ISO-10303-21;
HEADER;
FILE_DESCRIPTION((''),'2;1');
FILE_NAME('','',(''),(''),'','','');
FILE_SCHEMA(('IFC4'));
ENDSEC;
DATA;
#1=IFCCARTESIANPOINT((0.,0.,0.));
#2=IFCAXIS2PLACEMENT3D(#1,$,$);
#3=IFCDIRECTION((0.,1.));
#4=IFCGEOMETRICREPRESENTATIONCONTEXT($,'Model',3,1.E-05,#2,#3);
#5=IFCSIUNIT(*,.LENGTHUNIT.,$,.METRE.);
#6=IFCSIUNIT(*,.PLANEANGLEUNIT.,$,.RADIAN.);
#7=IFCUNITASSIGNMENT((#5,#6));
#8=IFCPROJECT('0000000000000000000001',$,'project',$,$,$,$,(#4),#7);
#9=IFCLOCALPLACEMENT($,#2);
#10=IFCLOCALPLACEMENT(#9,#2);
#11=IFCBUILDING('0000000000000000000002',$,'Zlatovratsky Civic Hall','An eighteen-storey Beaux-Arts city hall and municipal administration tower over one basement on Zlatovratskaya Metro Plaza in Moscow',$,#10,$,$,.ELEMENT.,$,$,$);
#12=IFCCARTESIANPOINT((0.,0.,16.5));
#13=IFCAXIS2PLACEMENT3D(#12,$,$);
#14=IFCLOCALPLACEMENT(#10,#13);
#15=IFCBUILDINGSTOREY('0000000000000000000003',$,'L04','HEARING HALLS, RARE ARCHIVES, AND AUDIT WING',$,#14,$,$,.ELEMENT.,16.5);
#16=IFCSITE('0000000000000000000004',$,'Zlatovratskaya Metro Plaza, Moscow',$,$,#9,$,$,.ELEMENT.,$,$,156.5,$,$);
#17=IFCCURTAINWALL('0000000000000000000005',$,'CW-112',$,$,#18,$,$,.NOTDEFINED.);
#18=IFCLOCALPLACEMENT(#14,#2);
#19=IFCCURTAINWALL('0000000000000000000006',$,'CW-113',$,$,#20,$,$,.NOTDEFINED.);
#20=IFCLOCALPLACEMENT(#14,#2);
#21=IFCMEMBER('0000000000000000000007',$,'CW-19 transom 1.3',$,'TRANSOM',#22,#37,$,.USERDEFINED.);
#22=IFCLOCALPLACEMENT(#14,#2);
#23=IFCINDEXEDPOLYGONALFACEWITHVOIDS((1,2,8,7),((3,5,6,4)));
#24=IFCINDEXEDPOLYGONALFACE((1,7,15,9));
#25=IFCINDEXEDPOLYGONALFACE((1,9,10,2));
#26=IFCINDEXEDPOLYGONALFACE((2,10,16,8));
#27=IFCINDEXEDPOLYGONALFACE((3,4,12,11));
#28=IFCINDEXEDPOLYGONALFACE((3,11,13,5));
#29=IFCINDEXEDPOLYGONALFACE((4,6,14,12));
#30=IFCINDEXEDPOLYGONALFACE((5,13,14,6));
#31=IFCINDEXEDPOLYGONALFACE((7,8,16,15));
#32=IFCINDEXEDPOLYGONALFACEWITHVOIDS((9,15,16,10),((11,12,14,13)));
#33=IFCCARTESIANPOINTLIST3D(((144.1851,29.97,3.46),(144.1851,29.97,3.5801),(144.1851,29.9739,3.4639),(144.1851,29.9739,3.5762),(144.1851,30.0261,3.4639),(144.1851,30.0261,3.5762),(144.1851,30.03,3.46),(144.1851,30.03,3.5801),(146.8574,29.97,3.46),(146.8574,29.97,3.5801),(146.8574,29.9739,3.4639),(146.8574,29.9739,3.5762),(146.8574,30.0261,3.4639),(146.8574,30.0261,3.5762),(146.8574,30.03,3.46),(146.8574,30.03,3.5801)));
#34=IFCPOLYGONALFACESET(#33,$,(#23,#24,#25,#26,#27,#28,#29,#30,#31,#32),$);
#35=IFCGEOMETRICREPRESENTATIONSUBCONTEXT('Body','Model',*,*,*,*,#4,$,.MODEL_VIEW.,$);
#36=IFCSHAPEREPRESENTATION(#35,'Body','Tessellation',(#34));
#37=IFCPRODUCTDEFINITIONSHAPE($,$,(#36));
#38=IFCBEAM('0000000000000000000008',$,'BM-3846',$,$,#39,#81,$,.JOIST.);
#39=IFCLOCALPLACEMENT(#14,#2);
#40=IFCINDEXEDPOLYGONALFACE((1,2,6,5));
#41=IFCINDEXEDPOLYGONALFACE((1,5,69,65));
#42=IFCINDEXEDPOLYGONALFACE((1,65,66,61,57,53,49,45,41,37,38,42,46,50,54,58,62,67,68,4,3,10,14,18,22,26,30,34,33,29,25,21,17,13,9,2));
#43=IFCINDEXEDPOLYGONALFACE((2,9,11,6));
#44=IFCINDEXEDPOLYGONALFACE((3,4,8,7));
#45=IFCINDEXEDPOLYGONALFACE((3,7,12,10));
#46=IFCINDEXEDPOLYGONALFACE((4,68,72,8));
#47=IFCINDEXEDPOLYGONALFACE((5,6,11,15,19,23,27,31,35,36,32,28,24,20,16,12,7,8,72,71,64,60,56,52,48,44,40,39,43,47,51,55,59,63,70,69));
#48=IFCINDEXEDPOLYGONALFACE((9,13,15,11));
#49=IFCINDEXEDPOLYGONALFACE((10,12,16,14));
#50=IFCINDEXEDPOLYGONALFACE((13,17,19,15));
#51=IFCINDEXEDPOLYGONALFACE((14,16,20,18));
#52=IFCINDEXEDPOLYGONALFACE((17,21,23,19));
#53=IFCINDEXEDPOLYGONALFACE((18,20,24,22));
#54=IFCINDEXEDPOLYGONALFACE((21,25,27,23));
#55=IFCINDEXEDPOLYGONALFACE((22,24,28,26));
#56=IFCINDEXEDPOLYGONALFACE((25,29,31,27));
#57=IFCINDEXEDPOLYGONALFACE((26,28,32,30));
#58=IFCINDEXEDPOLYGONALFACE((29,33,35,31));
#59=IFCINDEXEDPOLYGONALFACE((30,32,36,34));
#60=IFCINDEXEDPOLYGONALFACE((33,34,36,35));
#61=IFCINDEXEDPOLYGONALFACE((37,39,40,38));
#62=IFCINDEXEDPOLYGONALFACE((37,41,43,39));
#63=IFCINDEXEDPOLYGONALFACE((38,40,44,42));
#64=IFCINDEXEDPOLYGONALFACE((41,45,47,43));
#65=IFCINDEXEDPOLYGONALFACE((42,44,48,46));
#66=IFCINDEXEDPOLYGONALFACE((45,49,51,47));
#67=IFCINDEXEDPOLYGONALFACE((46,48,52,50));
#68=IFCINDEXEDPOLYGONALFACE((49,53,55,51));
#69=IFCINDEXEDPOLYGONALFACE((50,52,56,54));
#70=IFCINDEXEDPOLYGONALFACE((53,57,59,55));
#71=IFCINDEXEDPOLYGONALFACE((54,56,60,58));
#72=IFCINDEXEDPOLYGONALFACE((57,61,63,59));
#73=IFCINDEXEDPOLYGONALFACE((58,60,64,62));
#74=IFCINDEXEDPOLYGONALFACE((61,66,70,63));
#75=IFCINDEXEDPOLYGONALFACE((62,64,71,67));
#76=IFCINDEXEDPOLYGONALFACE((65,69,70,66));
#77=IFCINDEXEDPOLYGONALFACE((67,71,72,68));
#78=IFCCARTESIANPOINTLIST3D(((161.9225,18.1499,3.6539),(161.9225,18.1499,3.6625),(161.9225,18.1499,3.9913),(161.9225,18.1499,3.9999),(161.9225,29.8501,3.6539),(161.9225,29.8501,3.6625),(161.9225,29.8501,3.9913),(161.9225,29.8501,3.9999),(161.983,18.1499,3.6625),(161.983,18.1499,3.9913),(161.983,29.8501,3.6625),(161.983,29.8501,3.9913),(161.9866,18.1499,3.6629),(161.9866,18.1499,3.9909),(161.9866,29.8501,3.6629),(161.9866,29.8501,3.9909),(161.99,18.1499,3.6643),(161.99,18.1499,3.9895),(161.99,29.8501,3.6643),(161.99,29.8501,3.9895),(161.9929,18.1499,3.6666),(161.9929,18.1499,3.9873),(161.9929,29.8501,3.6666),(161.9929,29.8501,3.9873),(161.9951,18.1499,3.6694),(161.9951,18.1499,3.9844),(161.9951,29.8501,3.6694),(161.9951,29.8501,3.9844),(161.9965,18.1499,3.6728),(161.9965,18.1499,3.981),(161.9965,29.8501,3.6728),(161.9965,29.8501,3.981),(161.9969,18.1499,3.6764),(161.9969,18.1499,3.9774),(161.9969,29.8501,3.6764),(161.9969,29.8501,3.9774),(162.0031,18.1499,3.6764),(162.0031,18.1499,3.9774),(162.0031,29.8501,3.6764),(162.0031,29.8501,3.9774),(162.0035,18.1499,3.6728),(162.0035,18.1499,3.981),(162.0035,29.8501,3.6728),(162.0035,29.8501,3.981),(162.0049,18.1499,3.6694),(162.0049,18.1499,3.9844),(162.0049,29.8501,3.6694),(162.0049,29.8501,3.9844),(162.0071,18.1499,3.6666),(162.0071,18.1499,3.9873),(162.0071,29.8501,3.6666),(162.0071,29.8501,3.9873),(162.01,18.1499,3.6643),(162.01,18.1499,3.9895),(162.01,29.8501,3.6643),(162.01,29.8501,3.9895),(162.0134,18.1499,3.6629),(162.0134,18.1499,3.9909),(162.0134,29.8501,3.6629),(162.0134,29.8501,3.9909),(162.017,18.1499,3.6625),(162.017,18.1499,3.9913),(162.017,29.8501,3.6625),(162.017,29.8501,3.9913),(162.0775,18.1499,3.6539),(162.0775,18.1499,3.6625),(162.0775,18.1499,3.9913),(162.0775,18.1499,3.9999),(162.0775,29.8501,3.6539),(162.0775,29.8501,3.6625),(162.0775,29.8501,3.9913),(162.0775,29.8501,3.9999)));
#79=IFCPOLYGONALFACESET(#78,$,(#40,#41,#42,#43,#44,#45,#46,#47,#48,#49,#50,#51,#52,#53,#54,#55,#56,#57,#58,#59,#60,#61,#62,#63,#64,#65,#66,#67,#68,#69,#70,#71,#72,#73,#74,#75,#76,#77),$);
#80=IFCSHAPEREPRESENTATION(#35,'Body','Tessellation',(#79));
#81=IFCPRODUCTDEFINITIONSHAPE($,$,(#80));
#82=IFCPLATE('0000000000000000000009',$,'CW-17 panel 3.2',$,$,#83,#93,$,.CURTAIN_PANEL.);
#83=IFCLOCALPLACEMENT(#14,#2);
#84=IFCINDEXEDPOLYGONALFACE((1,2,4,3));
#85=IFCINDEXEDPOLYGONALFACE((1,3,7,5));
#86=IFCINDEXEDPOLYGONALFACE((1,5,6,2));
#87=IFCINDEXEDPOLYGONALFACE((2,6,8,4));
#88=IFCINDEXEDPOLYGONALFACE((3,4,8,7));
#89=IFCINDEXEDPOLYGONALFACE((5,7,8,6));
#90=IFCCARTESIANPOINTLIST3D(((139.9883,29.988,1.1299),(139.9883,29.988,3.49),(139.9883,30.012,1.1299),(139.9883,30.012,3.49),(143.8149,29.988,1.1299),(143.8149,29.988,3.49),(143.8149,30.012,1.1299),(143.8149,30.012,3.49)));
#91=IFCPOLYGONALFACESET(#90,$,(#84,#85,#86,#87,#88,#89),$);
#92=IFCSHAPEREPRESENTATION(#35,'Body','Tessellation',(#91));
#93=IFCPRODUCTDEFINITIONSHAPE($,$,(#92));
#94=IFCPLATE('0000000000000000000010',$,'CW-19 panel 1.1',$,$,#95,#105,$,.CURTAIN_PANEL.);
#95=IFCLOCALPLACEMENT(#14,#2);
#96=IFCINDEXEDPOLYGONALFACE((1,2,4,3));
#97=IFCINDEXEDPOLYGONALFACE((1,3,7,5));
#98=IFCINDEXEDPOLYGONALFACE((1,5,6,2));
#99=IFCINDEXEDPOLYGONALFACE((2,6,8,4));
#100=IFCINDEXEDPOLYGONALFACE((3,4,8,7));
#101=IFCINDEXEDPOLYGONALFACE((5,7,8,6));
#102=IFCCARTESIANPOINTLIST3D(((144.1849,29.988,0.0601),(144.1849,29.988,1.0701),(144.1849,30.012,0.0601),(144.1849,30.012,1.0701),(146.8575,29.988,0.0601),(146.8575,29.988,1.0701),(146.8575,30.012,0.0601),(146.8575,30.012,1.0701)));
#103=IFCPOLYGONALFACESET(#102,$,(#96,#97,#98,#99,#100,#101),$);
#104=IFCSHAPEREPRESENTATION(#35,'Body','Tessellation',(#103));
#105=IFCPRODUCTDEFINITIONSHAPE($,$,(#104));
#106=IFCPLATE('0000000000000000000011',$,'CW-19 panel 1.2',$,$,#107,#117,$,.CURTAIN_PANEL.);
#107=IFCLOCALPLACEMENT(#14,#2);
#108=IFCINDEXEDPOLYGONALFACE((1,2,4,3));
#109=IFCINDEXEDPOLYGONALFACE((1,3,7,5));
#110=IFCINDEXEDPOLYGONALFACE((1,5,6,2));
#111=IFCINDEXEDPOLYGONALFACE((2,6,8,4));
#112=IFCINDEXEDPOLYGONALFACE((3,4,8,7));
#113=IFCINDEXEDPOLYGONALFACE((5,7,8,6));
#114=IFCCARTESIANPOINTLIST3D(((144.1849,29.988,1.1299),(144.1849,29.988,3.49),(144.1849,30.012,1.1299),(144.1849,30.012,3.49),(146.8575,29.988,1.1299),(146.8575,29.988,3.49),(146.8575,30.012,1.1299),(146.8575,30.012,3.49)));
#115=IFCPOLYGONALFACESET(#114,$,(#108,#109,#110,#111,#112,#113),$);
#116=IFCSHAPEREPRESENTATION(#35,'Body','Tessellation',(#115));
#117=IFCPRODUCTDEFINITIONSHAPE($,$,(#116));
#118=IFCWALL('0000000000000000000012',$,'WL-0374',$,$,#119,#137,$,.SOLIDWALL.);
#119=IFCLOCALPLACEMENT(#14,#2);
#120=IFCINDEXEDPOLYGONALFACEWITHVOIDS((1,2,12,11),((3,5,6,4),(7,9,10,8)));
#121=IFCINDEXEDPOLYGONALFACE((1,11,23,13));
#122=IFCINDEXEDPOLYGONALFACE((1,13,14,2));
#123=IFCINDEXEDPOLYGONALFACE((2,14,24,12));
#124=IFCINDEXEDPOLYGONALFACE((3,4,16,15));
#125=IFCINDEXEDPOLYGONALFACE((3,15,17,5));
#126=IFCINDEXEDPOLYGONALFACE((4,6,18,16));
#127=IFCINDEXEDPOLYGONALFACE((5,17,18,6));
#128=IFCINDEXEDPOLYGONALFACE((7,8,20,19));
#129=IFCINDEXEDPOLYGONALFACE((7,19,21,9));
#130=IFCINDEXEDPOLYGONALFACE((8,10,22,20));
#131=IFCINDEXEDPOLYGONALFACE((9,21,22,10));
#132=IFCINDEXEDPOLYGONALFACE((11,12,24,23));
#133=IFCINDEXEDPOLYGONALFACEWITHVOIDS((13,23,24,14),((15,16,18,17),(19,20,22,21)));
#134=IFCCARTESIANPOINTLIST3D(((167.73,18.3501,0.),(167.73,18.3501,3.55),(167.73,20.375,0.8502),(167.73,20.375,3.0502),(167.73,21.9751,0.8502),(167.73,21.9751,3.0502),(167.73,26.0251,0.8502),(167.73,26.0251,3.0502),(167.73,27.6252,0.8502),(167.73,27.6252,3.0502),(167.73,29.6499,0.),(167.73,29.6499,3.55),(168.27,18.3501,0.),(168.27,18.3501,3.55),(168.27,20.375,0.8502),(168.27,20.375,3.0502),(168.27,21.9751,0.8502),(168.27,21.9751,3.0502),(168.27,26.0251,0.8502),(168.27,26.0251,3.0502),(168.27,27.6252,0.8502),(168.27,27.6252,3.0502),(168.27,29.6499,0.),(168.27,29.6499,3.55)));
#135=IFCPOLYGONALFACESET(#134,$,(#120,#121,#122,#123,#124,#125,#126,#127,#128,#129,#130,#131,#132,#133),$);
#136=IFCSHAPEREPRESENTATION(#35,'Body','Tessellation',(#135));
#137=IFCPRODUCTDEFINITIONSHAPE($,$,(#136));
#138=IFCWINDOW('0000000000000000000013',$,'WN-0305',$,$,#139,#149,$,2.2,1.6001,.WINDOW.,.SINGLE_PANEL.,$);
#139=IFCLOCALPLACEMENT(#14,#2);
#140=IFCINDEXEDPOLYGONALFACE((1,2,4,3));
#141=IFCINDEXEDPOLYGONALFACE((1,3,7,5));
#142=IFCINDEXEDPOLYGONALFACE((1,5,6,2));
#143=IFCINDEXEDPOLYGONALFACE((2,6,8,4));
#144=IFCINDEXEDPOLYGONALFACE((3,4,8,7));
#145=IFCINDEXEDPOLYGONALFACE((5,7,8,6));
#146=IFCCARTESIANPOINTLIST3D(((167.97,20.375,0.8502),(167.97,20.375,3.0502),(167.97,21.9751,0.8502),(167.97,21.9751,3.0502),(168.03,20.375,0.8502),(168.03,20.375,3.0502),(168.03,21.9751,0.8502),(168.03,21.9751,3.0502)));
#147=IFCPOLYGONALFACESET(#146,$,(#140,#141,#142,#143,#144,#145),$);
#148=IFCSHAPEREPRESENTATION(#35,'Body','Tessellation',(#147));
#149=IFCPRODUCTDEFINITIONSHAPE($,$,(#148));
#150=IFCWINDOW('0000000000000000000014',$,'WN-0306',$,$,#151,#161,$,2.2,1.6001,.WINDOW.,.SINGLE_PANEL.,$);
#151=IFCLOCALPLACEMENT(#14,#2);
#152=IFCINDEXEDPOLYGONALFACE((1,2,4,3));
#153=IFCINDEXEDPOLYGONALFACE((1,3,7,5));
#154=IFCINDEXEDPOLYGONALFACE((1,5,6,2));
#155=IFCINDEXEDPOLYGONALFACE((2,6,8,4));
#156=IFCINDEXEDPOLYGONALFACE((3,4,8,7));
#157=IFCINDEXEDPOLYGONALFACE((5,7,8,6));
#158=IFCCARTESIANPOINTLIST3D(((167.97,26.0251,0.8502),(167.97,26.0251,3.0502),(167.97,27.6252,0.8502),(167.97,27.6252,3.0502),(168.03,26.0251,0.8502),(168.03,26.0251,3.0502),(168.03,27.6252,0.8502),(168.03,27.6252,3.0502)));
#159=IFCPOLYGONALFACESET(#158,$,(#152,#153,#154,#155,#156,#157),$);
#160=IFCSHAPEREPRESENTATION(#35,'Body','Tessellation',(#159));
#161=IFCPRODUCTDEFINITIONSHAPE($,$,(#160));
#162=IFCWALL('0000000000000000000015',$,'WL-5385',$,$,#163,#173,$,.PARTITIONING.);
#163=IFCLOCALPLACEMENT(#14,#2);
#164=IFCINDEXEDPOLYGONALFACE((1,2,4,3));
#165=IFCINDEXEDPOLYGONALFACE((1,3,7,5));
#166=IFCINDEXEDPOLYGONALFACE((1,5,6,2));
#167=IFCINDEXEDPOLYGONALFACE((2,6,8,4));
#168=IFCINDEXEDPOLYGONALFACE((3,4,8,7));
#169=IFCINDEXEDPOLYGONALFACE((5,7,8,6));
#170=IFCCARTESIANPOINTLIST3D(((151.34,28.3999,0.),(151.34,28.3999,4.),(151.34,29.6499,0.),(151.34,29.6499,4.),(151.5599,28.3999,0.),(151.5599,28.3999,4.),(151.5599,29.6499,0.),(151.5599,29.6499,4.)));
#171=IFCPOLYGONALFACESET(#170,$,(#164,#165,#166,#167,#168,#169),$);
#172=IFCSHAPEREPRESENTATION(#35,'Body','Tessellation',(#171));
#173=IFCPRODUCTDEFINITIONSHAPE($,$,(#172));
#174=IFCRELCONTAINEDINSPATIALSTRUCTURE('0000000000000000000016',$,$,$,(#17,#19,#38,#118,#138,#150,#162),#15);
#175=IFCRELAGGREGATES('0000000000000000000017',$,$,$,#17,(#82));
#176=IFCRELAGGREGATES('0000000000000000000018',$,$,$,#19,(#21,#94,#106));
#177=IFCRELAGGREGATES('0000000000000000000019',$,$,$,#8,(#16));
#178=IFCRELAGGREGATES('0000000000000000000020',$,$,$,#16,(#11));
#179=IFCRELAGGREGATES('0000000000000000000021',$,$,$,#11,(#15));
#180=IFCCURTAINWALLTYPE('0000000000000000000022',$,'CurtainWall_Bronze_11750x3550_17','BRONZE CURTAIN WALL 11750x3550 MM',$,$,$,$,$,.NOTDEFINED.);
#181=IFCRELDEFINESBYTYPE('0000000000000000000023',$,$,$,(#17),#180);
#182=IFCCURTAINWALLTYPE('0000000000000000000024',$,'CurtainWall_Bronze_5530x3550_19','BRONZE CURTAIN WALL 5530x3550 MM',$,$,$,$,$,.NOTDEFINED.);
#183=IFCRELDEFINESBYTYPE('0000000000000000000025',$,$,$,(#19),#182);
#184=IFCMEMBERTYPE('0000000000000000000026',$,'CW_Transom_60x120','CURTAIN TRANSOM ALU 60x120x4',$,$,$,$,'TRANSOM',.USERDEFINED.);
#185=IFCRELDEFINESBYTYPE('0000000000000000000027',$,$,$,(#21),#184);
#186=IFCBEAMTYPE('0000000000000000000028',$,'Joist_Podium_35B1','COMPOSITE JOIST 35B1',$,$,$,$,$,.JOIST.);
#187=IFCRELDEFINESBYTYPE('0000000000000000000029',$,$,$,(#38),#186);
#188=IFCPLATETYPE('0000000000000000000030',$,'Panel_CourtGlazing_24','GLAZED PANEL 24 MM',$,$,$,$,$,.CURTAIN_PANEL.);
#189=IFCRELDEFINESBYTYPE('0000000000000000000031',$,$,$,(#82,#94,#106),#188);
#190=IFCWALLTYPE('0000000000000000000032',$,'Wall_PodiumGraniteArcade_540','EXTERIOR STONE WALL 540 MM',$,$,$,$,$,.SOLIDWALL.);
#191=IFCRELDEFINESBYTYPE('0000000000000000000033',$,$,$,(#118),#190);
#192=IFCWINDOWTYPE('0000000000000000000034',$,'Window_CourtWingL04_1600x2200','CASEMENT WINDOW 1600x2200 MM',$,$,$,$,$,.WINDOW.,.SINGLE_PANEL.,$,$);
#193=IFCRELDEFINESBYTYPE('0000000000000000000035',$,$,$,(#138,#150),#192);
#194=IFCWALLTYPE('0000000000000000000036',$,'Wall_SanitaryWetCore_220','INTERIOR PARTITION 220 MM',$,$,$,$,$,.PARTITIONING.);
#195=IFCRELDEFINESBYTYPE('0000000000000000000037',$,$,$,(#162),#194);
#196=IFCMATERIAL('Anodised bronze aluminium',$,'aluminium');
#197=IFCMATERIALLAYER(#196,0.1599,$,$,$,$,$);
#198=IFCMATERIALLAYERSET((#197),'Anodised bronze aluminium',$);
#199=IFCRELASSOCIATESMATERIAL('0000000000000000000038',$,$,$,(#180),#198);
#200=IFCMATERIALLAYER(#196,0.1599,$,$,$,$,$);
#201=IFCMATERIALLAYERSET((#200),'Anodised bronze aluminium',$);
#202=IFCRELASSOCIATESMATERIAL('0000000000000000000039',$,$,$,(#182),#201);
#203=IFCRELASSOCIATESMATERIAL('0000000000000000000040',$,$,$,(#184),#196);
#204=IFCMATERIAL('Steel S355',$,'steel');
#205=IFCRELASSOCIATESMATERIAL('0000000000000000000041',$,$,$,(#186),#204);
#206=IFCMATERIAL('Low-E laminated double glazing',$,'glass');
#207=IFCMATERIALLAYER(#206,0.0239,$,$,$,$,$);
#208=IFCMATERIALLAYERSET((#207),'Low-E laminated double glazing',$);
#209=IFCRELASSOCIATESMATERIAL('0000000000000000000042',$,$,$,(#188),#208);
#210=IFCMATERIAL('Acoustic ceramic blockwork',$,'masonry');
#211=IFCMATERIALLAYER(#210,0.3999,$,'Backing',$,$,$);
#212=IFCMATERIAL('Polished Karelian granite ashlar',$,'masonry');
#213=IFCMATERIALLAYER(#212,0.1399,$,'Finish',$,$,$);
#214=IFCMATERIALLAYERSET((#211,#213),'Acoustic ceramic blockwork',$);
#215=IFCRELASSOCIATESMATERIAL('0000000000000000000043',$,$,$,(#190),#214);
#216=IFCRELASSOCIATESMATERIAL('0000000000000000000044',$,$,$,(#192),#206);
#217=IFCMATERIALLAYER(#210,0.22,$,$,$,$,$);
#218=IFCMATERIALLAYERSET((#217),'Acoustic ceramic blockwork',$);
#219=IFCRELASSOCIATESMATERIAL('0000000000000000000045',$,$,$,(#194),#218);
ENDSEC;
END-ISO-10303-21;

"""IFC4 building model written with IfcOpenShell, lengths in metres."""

from ifc_helpers import new_model, si_unit, direction, frame, frame_2d, origin, origin_2d, place, context, subcontext, project, spatial, rectangle, hollow_rectangle, i_section, extrude, material, layer, layer_set, material_profile, profile_set, type_object, element, fill, aggregate, save


model = new_model("IFC4")

# Units and contexts
model_context = context("Model", 3, precision=1e-05, world=origin(), true_north=direction((0.0, 1.0)))
body_context = subcontext(model_context, "Body", "Model", "MODEL_VIEW")
ifc_project = project(units=[si_unit("LENGTHUNIT", "METRE"), si_unit("PLANEANGLEUNIT", "RADIAN")], contexts=[model_context])

# Site, building, storey
site_placement = place(None, origin())
site = spatial("IfcSite", under=ifc_project, at=site_placement, Name="Zlatovratskaya Metro Plaza, Moscow", CompositionType="ELEMENT", RefElevation=156.5)
building_placement = place(site_placement, origin())
building = spatial("IfcBuilding", under=site, at=building_placement, Name="Zlatovratsky Civic Hall", Description="An eighteen-storey Beaux-Arts city hall and municipal administration tower over one basement on Zlatovratskaya Metro Plaza in Moscow", CompositionType="ELEMENT")
storey_placement = place(building_placement, frame((0.0, 0.0, 16.5)))
storey = spatial("IfcBuildingStorey", under=building, at=storey_placement, Name="L04", Description="HEARING HALLS, RARE ARCHIVES, AND AUDIT WING", CompositionType="ELEMENT", Elevation=16.5)

# Shared definitions
ifc_material_1 = material(Name="Steel S355", Category="steel")

# Curtain wall
ifc_material_2 = material(Name="Anodised bronze aluminium", Category="aluminium")
ifc_layer_1 = layer(ifc_material_2, 0.1599)
ifc_layer_set_1 = layer_set([ifc_layer_1], Name="Anodised bronze aluminium")
curtain_wall_type_1 = type_object("IfcCurtainWallType", Name="CurtainWall_Bronze_11750x3550_17", Description="BRONZE CURTAIN WALL 11750x3550 MM", PredefinedType="NOTDEFINED", material=ifc_layer_set_1)
curtain_wall_1_placement = place(storey_placement, origin())
curtain_wall_1 = element("IfcCurtainWall", 1, at=curtain_wall_1_placement, inside=storey, type_object=curtain_wall_type_1, Name="CW-112", PredefinedType="NOTDEFINED")

# Curtain wall, member
ifc_layer_2 = layer(ifc_material_2, 0.1599)
ifc_layer_set_2 = layer_set([ifc_layer_2], Name="Anodised bronze aluminium")
curtain_wall_type_2 = type_object("IfcCurtainWallType", Name="CurtainWall_Bronze_5530x3550_19", Description="BRONZE CURTAIN WALL 5530x3550 MM", PredefinedType="NOTDEFINED", material=ifc_layer_set_2)
curtain_wall_2_placement = place(storey_placement, origin())
curtain_wall_2 = element("IfcCurtainWall", 2, at=curtain_wall_2_placement, inside=storey, type_object=curtain_wall_type_2, Name="CW-113", PredefinedType="NOTDEFINED")
ifc_material_profile_1 = material_profile(ifc_material_2, hollow_rectangle(XDim=0.0601, YDim=0.1201, WallThickness=0.0039, at=origin_2d()), Name="ALU 60x120x4")
ifc_profile_set_1 = profile_set([ifc_material_profile_1], Name="Anodised bronze aluminium")
member_type_1 = type_object("IfcMemberType", Name="CW_Transom_60x120", Description="CURTAIN TRANSOM ALU 60x120x4", ElementType="TRANSOM", PredefinedType="USERDEFINED", material=ifc_profile_set_1)
member_1_placement = place(storey_placement, frame((144.1851, 30.0, 3.52), z_axis=(1.0, 0.0, 0.0), x_axis=(0.0, 1.0, 0.0)))
member_1 = element("IfcMember", 3, at=member_1_placement, type_object=member_type_1, Name="CW-19 transom 1.3", ObjectType="TRANSOM", PredefinedType="USERDEFINED", context=body_context, shape_type="SweptSolid", body=[
    extrude(hollow_rectangle(XDim=0.0601, YDim=0.1201, WallThickness=0.0039, at=origin_2d()), origin(), (0.0, 0.0, 1.0), 2.6724),
])

# Beam
ifc_material_profile_2 = material_profile(ifc_material_1, i_section(OverallWidth=0.155, OverallDepth=0.3459, WebThickness=0.0061, FlangeThickness=0.0085, FilletRadius=0.0139, at=origin_2d()), Name="35B1")
ifc_profile_set_2 = profile_set([ifc_material_profile_2], Name="Steel S355")
beam_type_1 = type_object("IfcBeamType", Name="Joist_Podium_35B1", Description="COMPOSITE JOIST 35B1", PredefinedType="JOIST", material=ifc_profile_set_2)
beam_1_placement = place(storey_placement, frame((162.0, 18.1499, 3.8269), z_axis=(0.0, 1.0, 0.0), x_axis=(-1.0, 0.0, 0.0)))
element("IfcBeam", 4, at=beam_1_placement, inside=storey, type_object=beam_type_1, Name="BM-3846", PredefinedType="JOIST", context=body_context, shape_type="SweptSolid", body=[
    extrude(i_section(OverallWidth=0.155, OverallDepth=0.3459, WebThickness=0.0061, FlangeThickness=0.0085, FilletRadius=0.0139, at=origin_2d()), origin(), (0.0, 0.0, 1.0), 11.7002),
])

# Plates
ifc_material_3 = material(Name="Low-E laminated double glazing", Category="glass")
ifc_layer_3 = layer(ifc_material_3, 0.0239)
ifc_layer_set_3 = layer_set([ifc_layer_3], Name="Low-E laminated double glazing")
plate_type = type_object("IfcPlateType", Name="Panel_CourtGlazing_24", Description="GLAZED PANEL 24 MM", PredefinedType="CURTAIN_PANEL", material=ifc_layer_set_3)
plate_1_placement = place(storey_placement, frame((141.9016, 30.0, 1.1299), z_axis=(0.0, 0.0, 1.0), x_axis=(1.0, 0.0, 0.0)))
plate_1 = element("IfcPlate", 5, at=plate_1_placement, type_object=plate_type, Name="CW-17 panel 3.2", PredefinedType="CURTAIN_PANEL", context=body_context, shape_type="SweptSolid", body=[
    extrude(rectangle(XDim=3.8267, YDim=0.0239, at=origin_2d()), origin(), (0.0, 0.0, 1.0), 2.3601),
])
aggregate(curtain_wall_1, [plate_1])
plate_2_placement = place(storey_placement, frame((145.5212, 30.0, 0.0601), z_axis=(0.0, 0.0, 1.0), x_axis=(1.0, 0.0, 0.0)))
plate_2 = element("IfcPlate", 6, at=plate_2_placement, type_object=plate_type, Name="CW-19 panel 1.1", PredefinedType="CURTAIN_PANEL", context=body_context, shape_type="SweptSolid", body=[
    extrude(rectangle(XDim=2.6726, YDim=0.0239, at=origin_2d()), origin(), (0.0, 0.0, 1.0), 1.01),
])
plate_3_placement = place(storey_placement, frame((145.5212, 30.0, 1.1299), z_axis=(0.0, 0.0, 1.0), x_axis=(1.0, 0.0, 0.0)))
plate_3 = element("IfcPlate", 7, at=plate_3_placement, type_object=plate_type, Name="CW-19 panel 1.2", PredefinedType="CURTAIN_PANEL", context=body_context, shape_type="SweptSolid", body=[
    extrude(rectangle(XDim=2.6726, YDim=0.0239, at=origin_2d()), origin(), (0.0, 0.0, 1.0), 2.3601),
])
aggregate(curtain_wall_2, [member_1, plate_2, plate_3])

# Wall, openings, windows
ifc_material_4 = material(Name="Acoustic ceramic blockwork", Category="masonry")
ifc_layer_4 = layer(ifc_material_4, 0.3999, Name="Backing")
ifc_material_5 = material(Name="Polished Karelian granite ashlar", Category="masonry")
ifc_layer_5 = layer(ifc_material_5, 0.1399, Name="Finish")
ifc_layer_set_4 = layer_set([ifc_layer_4, ifc_layer_5], Name="Acoustic ceramic blockwork")
wall_type_1 = type_object("IfcWallType", Name="Wall_PodiumGraniteArcade_540", Description="EXTERIOR STONE WALL 540 MM", PredefinedType="SOLIDWALL", material=ifc_layer_set_4)
wall_1_placement = place(storey_placement, frame((168.0, 18.3501, 0.0), z_axis=(0.0, 0.0, 1.0), x_axis=(0.0, 1.0, 0.0)))
wall_1 = element("IfcWall", 8, at=wall_1_placement, inside=storey, type_object=wall_type_1, Name="WL-0374", PredefinedType="SOLIDWALL", context=body_context, shape_type="SweptSolid", body=[
    extrude(rectangle(XDim=11.2998, YDim=0.54, at=frame_2d((5.6499, 0.0))), origin(), (0.0, 0.0, 1.0), 3.55),
])
opening_1_placement = place(wall_1_placement, frame((2.0249, 0.0, 0.8501)))
opening_1 = element("IfcOpeningElement", 9, at=opening_1_placement, cuts=wall_1, PredefinedType="OPENING", context=body_context, shape_type="SweptSolid", body=[
    extrude(rectangle(XDim=1.6001, YDim=2.2, at=frame_2d((0.8, 1.1001))), frame((0.0, 0.2849, 0.0), z_axis=(0.0, -1.0, 0.0), x_axis=(1.0, 0.0, 0.0)), (0.0, 0.0, 1.0), 0.5698),
])
opening_2_placement = place(wall_1_placement, frame((7.675, 0.0, 0.8501)))
opening_2 = element("IfcOpeningElement", 10, at=opening_2_placement, cuts=wall_1, PredefinedType="OPENING", context=body_context, shape_type="SweptSolid", body=[
    extrude(rectangle(XDim=1.6001, YDim=2.2, at=frame_2d((0.8, 1.1001))), frame((0.0, 0.2849, 0.0), z_axis=(0.0, -1.0, 0.0), x_axis=(1.0, 0.0, 0.0)), (0.0, 0.0, 1.0), 0.5698),
])
window_type = type_object("IfcWindowType", Name="Window_CourtWingL04_1600x2200", Description="CASEMENT WINDOW 1600x2200 MM", PartitioningType="SINGLE_PANEL", PredefinedType="WINDOW", material=ifc_material_3)
window_1_placement = place(opening_1_placement, origin())
window_1 = element("IfcWindow", 11, at=window_1_placement, inside=storey, type_object=window_type, Name="WN-0305", OverallHeight=2.2, OverallWidth=1.6001, PartitioningType="SINGLE_PANEL", PredefinedType="WINDOW", context=body_context, shape_type="SweptSolid", body=[
    extrude(rectangle(XDim=1.6001, YDim=2.2, at=frame_2d((0.8, 1.1001))), frame((0.0, 0.03, 0.0), z_axis=(0.0, -1.0, 0.0), x_axis=(1.0, 0.0, 0.0)), (0.0, 0.0, 1.0), 0.0601),
])
fill(opening_1, window_1)
window_2_placement = place(opening_2_placement, origin())
window_2 = element("IfcWindow", 12, at=window_2_placement, inside=storey, type_object=window_type, Name="WN-0306", OverallHeight=2.2, OverallWidth=1.6001, PartitioningType="SINGLE_PANEL", PredefinedType="WINDOW", context=body_context, shape_type="SweptSolid", body=[
    extrude(rectangle(XDim=1.6001, YDim=2.2, at=frame_2d((0.8, 1.1001))), frame((0.0, 0.03, 0.0), z_axis=(0.0, -1.0, 0.0), x_axis=(1.0, 0.0, 0.0)), (0.0, 0.0, 1.0), 0.0601),
])
fill(opening_2, window_2)

# Wall
ifc_layer_6 = layer(ifc_material_4, 0.22)
ifc_layer_set_5 = layer_set([ifc_layer_6], Name="Acoustic ceramic blockwork")
wall_type_2 = type_object("IfcWallType", Name="Wall_SanitaryWetCore_220", Description="INTERIOR PARTITION 220 MM", PredefinedType="PARTITIONING", material=ifc_layer_set_5)
wall_2_placement = place(storey_placement, frame((151.45, 28.3999, 0.0), z_axis=(0.0, 0.0, 1.0), x_axis=(0.0, 1.0, 0.0)))
element("IfcWall", 13, at=wall_2_placement, inside=storey, type_object=wall_type_2, Name="WL-5385", PredefinedType="PARTITIONING", context=body_context, shape_type="SweptSolid", body=[
    extrude(rectangle(XDim=1.25, YDim=0.22, at=frame_2d((0.625, 0.0))), origin(), (0.0, 0.0, 1.0), 4.0),
])

save(model, "model.ifc")
